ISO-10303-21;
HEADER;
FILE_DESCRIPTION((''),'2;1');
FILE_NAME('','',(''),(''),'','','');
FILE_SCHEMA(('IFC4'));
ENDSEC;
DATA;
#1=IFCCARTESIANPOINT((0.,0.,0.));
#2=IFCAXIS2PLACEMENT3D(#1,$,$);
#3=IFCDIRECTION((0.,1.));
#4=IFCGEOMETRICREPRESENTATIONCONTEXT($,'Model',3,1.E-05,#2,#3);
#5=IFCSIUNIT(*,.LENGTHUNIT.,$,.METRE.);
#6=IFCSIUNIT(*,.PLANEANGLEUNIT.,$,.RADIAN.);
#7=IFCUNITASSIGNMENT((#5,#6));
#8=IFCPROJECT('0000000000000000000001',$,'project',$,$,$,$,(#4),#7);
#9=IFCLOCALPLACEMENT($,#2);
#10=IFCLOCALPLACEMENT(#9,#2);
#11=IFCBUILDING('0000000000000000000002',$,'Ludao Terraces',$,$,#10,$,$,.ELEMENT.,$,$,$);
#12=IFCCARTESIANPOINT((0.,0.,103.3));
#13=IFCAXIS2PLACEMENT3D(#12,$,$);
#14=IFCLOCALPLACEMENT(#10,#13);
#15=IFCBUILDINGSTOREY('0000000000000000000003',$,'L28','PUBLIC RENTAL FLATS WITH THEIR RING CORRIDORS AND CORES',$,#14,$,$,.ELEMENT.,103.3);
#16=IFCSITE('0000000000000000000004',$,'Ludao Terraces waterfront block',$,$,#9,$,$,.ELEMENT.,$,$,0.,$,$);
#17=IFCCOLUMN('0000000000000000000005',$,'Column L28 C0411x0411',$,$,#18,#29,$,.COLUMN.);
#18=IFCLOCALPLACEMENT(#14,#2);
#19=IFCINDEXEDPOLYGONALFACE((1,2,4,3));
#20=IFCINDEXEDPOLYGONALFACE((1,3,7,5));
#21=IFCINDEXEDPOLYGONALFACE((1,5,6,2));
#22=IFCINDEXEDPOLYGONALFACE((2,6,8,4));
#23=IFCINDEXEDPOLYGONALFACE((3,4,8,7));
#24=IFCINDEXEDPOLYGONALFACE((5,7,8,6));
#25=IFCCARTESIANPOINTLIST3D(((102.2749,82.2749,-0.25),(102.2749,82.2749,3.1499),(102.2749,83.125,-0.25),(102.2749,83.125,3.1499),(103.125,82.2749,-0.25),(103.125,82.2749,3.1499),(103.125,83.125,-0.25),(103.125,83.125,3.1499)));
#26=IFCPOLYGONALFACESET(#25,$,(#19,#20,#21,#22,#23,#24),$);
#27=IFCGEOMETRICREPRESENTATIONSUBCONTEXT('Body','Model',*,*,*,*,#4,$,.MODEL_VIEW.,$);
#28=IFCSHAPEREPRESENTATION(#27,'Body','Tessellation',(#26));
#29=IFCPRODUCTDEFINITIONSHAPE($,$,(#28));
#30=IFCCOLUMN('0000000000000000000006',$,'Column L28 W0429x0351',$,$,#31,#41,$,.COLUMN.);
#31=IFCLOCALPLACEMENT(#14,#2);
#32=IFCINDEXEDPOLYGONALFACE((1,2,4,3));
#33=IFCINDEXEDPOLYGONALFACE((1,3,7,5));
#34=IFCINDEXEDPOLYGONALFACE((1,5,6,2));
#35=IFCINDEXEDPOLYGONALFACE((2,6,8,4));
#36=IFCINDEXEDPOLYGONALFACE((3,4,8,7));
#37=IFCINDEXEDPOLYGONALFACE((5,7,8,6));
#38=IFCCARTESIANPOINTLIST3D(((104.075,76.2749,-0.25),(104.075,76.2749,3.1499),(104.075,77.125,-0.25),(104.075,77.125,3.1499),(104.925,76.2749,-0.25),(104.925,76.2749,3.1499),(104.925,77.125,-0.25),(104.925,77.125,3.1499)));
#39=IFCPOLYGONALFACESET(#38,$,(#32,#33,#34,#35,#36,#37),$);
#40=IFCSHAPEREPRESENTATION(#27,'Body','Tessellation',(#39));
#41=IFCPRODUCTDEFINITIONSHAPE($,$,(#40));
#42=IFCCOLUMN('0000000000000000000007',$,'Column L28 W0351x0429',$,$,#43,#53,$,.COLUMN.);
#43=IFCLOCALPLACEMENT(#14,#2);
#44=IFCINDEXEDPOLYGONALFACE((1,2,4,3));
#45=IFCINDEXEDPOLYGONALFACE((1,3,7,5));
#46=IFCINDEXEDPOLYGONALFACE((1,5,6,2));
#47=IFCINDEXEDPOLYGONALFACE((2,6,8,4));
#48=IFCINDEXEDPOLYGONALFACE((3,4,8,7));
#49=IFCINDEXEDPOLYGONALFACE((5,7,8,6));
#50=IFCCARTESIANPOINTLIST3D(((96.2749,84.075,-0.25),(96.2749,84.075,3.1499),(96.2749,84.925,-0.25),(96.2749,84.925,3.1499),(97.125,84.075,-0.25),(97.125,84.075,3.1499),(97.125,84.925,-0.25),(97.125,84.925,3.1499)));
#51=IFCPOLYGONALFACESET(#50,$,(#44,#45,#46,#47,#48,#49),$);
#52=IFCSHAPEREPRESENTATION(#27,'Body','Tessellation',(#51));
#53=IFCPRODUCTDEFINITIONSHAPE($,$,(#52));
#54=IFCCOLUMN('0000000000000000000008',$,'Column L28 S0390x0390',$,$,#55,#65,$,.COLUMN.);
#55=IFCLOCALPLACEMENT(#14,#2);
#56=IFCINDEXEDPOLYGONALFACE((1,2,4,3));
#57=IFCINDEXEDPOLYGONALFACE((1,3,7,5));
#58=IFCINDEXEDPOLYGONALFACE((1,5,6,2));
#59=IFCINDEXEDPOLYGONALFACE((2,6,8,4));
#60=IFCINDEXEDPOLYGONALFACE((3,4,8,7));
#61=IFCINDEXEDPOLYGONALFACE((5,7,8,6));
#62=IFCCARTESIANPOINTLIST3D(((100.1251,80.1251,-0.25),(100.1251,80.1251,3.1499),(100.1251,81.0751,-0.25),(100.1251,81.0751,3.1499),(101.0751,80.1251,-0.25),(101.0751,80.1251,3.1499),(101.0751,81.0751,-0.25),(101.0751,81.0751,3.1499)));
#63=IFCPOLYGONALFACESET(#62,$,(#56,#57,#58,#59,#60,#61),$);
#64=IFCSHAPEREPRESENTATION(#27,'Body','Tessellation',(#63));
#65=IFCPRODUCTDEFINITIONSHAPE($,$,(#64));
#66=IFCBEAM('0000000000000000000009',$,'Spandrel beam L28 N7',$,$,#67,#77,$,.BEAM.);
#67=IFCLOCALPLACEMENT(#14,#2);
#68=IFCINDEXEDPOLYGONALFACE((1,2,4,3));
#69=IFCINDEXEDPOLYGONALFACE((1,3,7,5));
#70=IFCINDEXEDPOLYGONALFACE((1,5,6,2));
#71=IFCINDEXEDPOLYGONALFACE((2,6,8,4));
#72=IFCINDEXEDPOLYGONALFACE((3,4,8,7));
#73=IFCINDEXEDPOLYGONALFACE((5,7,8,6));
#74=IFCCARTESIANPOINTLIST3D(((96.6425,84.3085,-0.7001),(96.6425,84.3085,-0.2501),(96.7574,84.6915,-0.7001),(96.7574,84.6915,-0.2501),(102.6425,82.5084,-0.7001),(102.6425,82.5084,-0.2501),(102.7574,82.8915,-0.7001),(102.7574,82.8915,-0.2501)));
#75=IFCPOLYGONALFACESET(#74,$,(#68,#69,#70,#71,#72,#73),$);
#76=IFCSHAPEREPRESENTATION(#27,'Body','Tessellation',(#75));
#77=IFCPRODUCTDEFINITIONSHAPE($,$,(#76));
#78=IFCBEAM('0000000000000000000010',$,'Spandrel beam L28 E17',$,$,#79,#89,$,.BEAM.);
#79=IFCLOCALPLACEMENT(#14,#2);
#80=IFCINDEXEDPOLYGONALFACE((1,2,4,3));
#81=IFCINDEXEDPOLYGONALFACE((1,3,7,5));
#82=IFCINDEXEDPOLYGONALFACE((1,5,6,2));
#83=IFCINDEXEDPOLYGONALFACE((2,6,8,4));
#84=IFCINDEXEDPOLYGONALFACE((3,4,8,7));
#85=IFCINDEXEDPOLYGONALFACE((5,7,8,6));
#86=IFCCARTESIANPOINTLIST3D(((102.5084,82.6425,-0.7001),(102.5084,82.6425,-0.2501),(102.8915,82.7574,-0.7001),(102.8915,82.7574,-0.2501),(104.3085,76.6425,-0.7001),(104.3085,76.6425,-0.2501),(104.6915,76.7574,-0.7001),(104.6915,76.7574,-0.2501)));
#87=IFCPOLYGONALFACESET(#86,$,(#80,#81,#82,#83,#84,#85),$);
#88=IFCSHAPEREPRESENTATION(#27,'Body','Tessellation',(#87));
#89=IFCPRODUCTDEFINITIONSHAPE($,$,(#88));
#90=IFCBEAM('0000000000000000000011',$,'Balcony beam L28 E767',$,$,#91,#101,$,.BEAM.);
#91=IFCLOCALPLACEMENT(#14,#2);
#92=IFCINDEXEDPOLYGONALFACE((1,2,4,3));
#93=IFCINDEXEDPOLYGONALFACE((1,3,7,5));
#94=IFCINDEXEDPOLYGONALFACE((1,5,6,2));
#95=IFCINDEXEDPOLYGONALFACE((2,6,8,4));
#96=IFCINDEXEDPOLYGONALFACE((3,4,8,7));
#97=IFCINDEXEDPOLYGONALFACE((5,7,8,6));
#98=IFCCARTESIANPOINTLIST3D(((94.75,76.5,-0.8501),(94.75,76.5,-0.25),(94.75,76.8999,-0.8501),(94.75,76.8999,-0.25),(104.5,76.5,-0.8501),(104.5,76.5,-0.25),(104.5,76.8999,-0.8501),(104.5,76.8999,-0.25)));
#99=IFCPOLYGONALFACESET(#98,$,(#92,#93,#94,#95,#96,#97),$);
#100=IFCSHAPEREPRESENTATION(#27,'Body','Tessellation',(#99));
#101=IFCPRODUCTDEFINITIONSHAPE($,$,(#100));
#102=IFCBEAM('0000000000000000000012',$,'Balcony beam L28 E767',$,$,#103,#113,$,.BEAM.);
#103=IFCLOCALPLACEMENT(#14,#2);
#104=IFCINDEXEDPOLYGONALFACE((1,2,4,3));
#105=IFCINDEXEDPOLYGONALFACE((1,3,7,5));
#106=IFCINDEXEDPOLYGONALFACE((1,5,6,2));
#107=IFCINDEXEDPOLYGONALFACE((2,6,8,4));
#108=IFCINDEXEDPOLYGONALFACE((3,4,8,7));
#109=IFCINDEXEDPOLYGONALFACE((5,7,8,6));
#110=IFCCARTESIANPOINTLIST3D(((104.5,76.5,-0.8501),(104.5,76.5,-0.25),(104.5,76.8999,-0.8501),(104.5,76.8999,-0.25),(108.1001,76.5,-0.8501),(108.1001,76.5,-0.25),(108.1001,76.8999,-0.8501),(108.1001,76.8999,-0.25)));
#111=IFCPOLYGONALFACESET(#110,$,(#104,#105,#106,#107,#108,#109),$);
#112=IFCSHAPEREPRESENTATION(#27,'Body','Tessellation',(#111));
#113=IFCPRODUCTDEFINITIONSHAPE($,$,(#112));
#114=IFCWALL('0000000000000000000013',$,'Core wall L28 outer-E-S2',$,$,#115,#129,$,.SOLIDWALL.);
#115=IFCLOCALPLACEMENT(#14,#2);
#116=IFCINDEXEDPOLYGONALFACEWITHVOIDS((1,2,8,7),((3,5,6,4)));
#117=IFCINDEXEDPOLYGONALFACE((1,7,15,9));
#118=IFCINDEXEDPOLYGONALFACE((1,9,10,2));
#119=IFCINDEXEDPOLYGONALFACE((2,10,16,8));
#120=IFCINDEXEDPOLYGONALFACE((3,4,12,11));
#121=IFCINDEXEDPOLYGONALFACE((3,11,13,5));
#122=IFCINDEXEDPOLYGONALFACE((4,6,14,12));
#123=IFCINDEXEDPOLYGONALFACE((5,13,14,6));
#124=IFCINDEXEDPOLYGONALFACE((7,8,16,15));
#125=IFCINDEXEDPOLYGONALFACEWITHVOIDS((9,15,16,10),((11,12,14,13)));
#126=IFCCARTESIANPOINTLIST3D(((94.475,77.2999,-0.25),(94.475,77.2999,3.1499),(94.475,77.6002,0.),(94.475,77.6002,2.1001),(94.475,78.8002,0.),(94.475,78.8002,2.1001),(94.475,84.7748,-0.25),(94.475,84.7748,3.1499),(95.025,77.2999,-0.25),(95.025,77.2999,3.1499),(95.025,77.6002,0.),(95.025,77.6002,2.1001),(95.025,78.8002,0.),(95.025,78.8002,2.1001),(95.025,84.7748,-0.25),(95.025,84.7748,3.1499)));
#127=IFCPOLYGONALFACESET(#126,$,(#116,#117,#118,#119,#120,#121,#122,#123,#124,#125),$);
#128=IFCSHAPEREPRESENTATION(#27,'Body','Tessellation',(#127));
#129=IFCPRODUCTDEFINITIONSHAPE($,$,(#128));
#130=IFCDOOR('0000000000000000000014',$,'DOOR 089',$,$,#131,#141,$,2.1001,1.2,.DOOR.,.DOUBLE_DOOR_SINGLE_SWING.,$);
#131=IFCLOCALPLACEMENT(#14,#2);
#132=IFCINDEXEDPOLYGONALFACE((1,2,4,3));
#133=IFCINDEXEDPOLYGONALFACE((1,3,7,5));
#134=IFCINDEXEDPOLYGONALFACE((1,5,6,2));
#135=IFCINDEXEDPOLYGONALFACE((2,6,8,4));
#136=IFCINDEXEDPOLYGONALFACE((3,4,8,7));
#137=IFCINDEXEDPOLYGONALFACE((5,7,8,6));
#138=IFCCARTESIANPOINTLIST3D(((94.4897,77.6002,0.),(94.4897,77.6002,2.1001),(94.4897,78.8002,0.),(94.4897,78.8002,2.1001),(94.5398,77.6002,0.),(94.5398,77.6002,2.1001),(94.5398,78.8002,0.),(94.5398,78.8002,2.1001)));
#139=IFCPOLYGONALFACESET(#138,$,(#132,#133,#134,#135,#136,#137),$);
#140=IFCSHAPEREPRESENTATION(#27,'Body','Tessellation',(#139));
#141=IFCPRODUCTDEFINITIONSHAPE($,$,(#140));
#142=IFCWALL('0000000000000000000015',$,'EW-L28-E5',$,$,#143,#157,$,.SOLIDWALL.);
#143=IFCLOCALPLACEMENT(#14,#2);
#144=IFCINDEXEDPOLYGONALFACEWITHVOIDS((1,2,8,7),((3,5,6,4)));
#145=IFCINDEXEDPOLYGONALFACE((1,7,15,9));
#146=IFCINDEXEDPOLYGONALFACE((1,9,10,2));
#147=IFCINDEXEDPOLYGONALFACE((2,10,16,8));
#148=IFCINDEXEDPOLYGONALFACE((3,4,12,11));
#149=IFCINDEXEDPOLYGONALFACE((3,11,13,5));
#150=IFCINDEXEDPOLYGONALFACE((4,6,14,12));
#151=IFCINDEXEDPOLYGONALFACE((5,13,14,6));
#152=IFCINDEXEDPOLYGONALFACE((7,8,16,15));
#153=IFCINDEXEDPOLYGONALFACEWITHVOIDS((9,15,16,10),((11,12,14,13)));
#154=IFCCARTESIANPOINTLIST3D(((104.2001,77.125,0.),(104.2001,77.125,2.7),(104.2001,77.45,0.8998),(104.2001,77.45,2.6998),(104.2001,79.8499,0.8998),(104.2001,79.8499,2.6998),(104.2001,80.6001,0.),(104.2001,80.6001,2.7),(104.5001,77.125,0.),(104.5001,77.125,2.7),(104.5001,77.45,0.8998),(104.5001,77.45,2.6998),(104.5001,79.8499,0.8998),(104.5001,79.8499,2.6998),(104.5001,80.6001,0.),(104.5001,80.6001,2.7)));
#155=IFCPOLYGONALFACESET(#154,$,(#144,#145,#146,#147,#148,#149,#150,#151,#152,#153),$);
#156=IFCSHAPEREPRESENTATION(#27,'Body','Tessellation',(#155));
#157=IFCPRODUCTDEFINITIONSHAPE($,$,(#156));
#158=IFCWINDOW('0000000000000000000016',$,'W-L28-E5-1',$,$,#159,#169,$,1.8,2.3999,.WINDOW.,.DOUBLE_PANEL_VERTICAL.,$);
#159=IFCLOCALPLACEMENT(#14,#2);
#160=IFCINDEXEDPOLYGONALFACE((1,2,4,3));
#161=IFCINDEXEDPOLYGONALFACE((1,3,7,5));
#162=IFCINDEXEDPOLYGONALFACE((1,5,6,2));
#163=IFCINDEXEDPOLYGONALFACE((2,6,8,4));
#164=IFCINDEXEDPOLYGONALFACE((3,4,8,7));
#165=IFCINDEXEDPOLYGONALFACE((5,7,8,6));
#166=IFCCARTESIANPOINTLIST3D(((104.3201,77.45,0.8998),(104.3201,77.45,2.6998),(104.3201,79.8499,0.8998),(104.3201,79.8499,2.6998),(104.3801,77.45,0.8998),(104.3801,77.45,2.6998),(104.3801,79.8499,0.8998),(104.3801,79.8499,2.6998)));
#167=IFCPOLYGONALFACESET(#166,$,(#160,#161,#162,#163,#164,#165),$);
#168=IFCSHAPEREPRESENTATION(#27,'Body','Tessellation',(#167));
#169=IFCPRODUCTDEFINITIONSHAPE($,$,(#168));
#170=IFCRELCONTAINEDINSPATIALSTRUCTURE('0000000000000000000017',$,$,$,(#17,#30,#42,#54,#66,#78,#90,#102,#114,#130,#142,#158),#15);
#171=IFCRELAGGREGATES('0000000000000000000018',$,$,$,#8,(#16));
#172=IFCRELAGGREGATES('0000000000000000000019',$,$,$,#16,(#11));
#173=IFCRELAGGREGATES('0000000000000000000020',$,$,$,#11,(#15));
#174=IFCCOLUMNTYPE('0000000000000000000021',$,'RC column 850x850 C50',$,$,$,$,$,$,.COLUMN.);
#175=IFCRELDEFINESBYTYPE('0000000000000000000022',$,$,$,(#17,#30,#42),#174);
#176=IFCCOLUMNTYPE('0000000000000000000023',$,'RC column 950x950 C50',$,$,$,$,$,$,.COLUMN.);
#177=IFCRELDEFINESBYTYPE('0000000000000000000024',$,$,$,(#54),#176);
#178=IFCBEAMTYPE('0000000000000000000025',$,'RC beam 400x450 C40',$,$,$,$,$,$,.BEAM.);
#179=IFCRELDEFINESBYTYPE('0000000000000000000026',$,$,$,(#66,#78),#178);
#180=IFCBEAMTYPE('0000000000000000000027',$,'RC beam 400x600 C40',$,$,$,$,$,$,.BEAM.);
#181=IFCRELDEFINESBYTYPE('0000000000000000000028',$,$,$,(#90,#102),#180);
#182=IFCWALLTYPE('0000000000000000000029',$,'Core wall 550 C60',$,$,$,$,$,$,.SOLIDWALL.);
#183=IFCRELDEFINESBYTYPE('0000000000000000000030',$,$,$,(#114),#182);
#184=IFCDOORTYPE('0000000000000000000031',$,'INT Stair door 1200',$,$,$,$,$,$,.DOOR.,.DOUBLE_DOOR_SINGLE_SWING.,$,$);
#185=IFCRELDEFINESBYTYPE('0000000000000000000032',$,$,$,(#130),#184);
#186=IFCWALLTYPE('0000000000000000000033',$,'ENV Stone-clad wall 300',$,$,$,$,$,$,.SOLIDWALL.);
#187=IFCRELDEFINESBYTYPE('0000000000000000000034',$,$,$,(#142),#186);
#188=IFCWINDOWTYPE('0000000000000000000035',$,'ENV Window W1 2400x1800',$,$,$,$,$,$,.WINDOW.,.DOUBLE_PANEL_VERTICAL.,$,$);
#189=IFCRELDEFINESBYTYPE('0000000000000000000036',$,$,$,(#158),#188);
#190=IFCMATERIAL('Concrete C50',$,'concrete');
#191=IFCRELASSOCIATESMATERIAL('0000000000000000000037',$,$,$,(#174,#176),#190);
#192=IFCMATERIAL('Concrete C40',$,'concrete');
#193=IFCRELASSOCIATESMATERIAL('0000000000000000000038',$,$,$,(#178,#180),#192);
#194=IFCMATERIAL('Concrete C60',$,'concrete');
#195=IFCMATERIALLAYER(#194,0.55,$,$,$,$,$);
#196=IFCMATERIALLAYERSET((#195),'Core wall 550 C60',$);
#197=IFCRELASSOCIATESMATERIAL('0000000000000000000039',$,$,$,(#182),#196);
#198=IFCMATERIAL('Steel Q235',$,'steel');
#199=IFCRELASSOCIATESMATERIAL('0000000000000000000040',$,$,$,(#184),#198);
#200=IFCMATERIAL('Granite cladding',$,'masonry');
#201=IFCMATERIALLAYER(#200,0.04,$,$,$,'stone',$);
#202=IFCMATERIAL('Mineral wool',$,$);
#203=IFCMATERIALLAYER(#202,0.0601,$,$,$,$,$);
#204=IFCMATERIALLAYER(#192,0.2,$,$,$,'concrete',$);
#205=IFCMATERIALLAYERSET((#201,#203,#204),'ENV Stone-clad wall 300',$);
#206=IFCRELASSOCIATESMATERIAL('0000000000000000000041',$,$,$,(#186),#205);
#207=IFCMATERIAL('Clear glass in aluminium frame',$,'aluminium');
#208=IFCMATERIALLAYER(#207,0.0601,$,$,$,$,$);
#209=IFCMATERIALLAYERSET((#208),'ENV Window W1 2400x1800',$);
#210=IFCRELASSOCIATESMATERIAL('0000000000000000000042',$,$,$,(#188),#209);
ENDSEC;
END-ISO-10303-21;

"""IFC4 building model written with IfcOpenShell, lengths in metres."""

from ifc_helpers import new_model, si_unit, direction, frame, frame_2d, origin, origin_2d, place, context, subcontext, project, spatial, rectangle, extrude, material, layer, layer_set, material_profile, profile_set, type_object, element, fill, save


model = new_model("IFC4")

# Units and contexts
model_context = context("Model", 3, precision=1e-05, world=origin(), true_north=direction((0.0, 1.0)))
body_context = subcontext(model_context, "Body", "Model", "MODEL_VIEW")
ifc_project = project(units=[si_unit("LENGTHUNIT", "METRE"), si_unit("PLANEANGLEUNIT", "RADIAN")], contexts=[model_context])

# Site, building, storey
site_placement = place(None, origin())
site = spatial("IfcSite", under=ifc_project, at=site_placement, Name="Ludao Terraces waterfront block", CompositionType="ELEMENT", RefElevation=0.0)
building_placement = place(site_placement, origin())
building = spatial("IfcBuilding", under=site, at=building_placement, Name="Ludao Terraces", CompositionType="ELEMENT")
storey_placement = place(building_placement, frame((0.0, 0.0, 103.3)))
storey = spatial("IfcBuildingStorey", under=building, at=storey_placement, Name="L28", Description="PUBLIC RENTAL FLATS WITH THEIR RING CORRIDORS AND CORES", CompositionType="ELEMENT", Elevation=103.3)

# Columns
ifc_material_1 = material(Name="Concrete C50", Category="concrete")
ifc_material_profile_1 = material_profile(ifc_material_1, rectangle(XDim=0.8501, YDim=0.8501, at=origin_2d()), Name="850 X 850")
ifc_profile_set_1 = profile_set([ifc_material_profile_1], Name="Concrete C50")
column_type_1 = type_object("IfcColumnType", Name="RC column 850x850 C50", PredefinedType="COLUMN", material=ifc_profile_set_1)
for number, where, z_axis, x_axis, name in (
    (1, (102.7, 82.7, -0.25), (0.0, 0.0, 1.0), (1.0, 0.0, 0.0), "Column L28 C0411x0411"),
    (2, (104.5, 76.7, -0.25), (0.0, 0.0, 1.0), (1.0, 0.0, 0.0), "Column L28 W0429x0351"),
    (3, (96.7, 84.5, -0.25), (0.0, 0.0, 1.0), (1.0, 0.0, 0.0), "Column L28 W0351x0429"),
):
    element("IfcColumn", number, at=place(storey_placement, frame(where, z_axis=z_axis, x_axis=x_axis)), inside=storey, type_object=column_type_1, Name=name, PredefinedType="COLUMN", context=body_context, shape_type="SweptSolid", body=[
        extrude(rectangle(XDim=0.8501, YDim=0.8501, at=origin_2d()), origin(), (0.0, 0.0, 1.0), 3.3999),
    ])
ifc_material_profile_2 = material_profile(ifc_material_1, rectangle(XDim=0.95, YDim=0.95, at=origin_2d()), Name="950 X 950")
ifc_profile_set_2 = profile_set([ifc_material_profile_2], Name="Concrete C50")
column_type_2 = type_object("IfcColumnType", Name="RC column 950x950 C50", PredefinedType="COLUMN", material=ifc_profile_set_2)
column_placement = place(storey_placement, frame((100.6001, 80.6001, -0.25), z_axis=(0.0, 0.0, 1.0), x_axis=(1.0, 0.0, 0.0)))
element("IfcColumn", 4, at=column_placement, inside=storey, type_object=column_type_2, Name="Column L28 S0390x0390", PredefinedType="COLUMN", context=body_context, shape_type="SweptSolid", body=[
    extrude(rectangle(XDim=0.95, YDim=0.95, at=origin_2d()), origin(), (0.0, 0.0, 1.0), 3.3999),
])

# Beams
ifc_material_2 = material(Name="Concrete C40", Category="concrete")
ifc_material_profile_3 = material_profile(ifc_material_2, rectangle(XDim=0.3999, YDim=0.45, at=origin_2d()), Name="400 X 450")
ifc_profile_set_3 = profile_set([ifc_material_profile_3], Name="Concrete C40")
beam_type_1 = type_object("IfcBeamType", Name="RC beam 400x450 C40", PredefinedType="BEAM", material=ifc_profile_set_3)
for number, where, z_axis, x_axis, name in (
    (5, (96.7, 84.5, -0.4751), (0.957824, -0.287355, 0.0), (0.287355, 0.957824, 0.0), "Spandrel beam L28 N7"),
    (6, (104.5, 76.7, -0.4751), (-0.287355, 0.957824, 0.0), (-0.957824, -0.287355, 0.0), "Spandrel beam L28 E17"),
):
    element("IfcBeam", number, at=place(storey_placement, frame(where, z_axis=z_axis, x_axis=x_axis)), inside=storey, type_object=beam_type_1, Name=name, PredefinedType="BEAM", context=body_context, shape_type="SweptSolid", body=[
        extrude(rectangle(XDim=0.3999, YDim=0.45, at=origin_2d()), origin(), (0.0, 0.0, 1.0), 6.2642),
    ])
ifc_material_profile_4 = material_profile(ifc_material_2, rectangle(XDim=0.3999, YDim=0.6001, at=origin_2d()), Name="400 X 600")
ifc_profile_set_4 = profile_set([ifc_material_profile_4], Name="Concrete C40")
beam_type_2 = type_object("IfcBeamType", Name="RC beam 400x600 C40", PredefinedType="BEAM", material=ifc_profile_set_4)
beam_1_placement = place(storey_placement, frame((94.75, 76.7, -0.55), z_axis=(1.0, 0.0, 0.0), x_axis=(0.0, 1.0, 0.0)))
element("IfcBeam", 7, at=beam_1_placement, inside=storey, type_object=beam_type_2, Name="Balcony beam L28 E767", PredefinedType="BEAM", context=body_context, shape_type="SweptSolid", body=[
    extrude(rectangle(XDim=0.3999, YDim=0.6001, at=origin_2d()), origin(), (0.0, 0.0, 1.0), 9.75),
])
beam_2_placement = place(storey_placement, frame((104.5, 76.7, -0.55), z_axis=(1.0, 0.0, 0.0), x_axis=(0.0, 1.0, 0.0)))
element("IfcBeam", 8, at=beam_2_placement, inside=storey, type_object=beam_type_2, Name="Balcony beam L28 E767", PredefinedType="BEAM", context=body_context, shape_type="SweptSolid", body=[
    extrude(rectangle(XDim=0.3999, YDim=0.6001, at=origin_2d()), origin(), (0.0, 0.0, 1.0), 3.6001),
])

# Wall, opening, door
ifc_material_3 = material(Name="Concrete C60", Category="concrete")
ifc_layer_1 = layer(ifc_material_3, 0.55)
ifc_layer_set_1 = layer_set([ifc_layer_1], Name="Core wall 550 C60")
wall_type_1 = type_object("IfcWallType", Name="Core wall 550 C60", PredefinedType="SOLIDWALL", material=ifc_layer_set_1)
wall_1_placement = place(storey_placement, frame((94.75, 77.3, -0.25), z_axis=(0.0, 0.0, 1.0), x_axis=(0.0, 1.0, 0.0)))
wall_1 = element("IfcWall", 9, at=wall_1_placement, inside=storey, type_object=wall_type_1, Name="Core wall L28 outer-E-S2", PredefinedType="SOLIDWALL", context=body_context, shape_type="SweptSolid", body=[
    extrude(rectangle(XDim=7.4749, YDim=0.55, at=frame_2d((3.7373, 0.0))), origin(), (0.0, 0.0, 1.0), 3.3999),
])
opening_1_placement = place(wall_1_placement, frame((0.3, 0.0, 0.25)))
opening_1 = element("IfcOpeningElement", 10, at=opening_1_placement, cuts=wall_1, PredefinedType="OPENING", context=body_context, shape_type="SweptSolid", body=[
    extrude(rectangle(XDim=1.2, YDim=2.1001, at=frame_2d((0.6001, 1.05))), frame((0.0, 0.2852, 0.0), z_axis=(0.0, -1.0, 0.0), x_axis=(1.0, 0.0, 0.0)), (0.0, 0.0, 1.0), 0.5701),
])
ifc_material_4 = material(Name="Steel Q235", Category="steel")
door_type_1 = type_object("IfcDoorType", Name="INT Stair door 1200", OperationType="DOUBLE_DOOR_SINGLE_SWING", PredefinedType="DOOR", material=ifc_material_4)
door_1_placement = place(opening_1_placement, origin())
door_1 = element("IfcDoor", 11, at=door_1_placement, inside=storey, type_object=door_type_1, Name="DOOR 089", OperationType="DOUBLE_DOOR_SINGLE_SWING", OverallHeight=2.1001, OverallWidth=1.2, PredefinedType="DOOR", context=body_context, shape_type="SweptSolid", body=[
    extrude(rectangle(XDim=1.2, YDim=2.1001, at=frame_2d((0.6001, 1.05))), frame((0.0, 0.2603, 0.0), z_axis=(0.0, -1.0, 0.0), x_axis=(1.0, 0.0, 0.0)), (0.0, 0.0, 1.0), 0.05),
])
fill(opening_1, door_1)

# Wall, opening, window
ifc_material_5 = material(Name="Granite cladding", Category="masonry")
ifc_layer_2 = layer(ifc_material_5, 0.04, Category="stone")
ifc_material_6 = material(Name="Mineral wool")
ifc_layer_3 = layer(ifc_material_6, 0.0601)
ifc_layer_4 = layer(ifc_material_2, 0.2, Category="concrete")
ifc_layer_set_2 = layer_set([ifc_layer_2, ifc_layer_3, ifc_layer_4], Name="ENV Stone-clad wall 300")
wall_type_2 = type_object("IfcWallType", Name="ENV Stone-clad wall 300", PredefinedType="SOLIDWALL", material=ifc_layer_set_2)
wall_2_placement = place(storey_placement, frame((104.3501, 77.125, 0.0), z_axis=(0.0, 0.0, 1.0), x_axis=(0.0, 1.0, 0.0)))
wall_2 = element("IfcWall", 12, at=wall_2_placement, inside=storey, type_object=wall_type_2, Name="EW-L28-E5", PredefinedType="SOLIDWALL", context=body_context, shape_type="SweptSolid", body=[
    extrude(rectangle(XDim=3.4751, YDim=0.3, at=frame_2d((1.7375, 0.0))), origin(), (0.0, 0.0, 1.0), 2.7),
])
opening_2_placement = place(wall_2_placement, frame((0.325, 0.0, 0.8999)))
opening_2 = element("IfcOpeningElement", 13, at=opening_2_placement, cuts=wall_2, PredefinedType="OPENING", context=body_context, shape_type="SweptSolid", body=[
    extrude(rectangle(XDim=2.3999, YDim=1.8, at=frame_2d((1.2, 0.8999))), frame((0.0, 0.1602, 0.0), z_axis=(0.0, -1.0, 0.0), x_axis=(1.0, 0.0, 0.0)), (0.0, 0.0, 1.0), 0.3201),
])
ifc_material_7 = material(Name="Clear glass in aluminium frame", Category="aluminium")
ifc_layer_5 = layer(ifc_material_7, 0.0601)
ifc_layer_set_3 = layer_set([ifc_layer_5], Name="ENV Window W1 2400x1800")
window_type_1 = type_object("IfcWindowType", Name="ENV Window W1 2400x1800", PartitioningType="DOUBLE_PANEL_VERTICAL", PredefinedType="WINDOW", material=ifc_layer_set_3)
window_1_placement = place(opening_2_placement, origin())
window_1 = element("IfcWindow", 14, at=window_1_placement, inside=storey, type_object=window_type_1, Name="W-L28-E5-1", OverallHeight=1.8, OverallWidth=2.3999, PartitioningType="DOUBLE_PANEL_VERTICAL", PredefinedType="WINDOW", context=body_context, shape_type="SweptSolid", body=[
    extrude(rectangle(XDim=2.3999, YDim=1.8, at=frame_2d((1.2, 0.8999))), frame((0.0, 0.03, 0.0), z_axis=(0.0, -1.0, 0.0), x_axis=(1.0, 0.0, 0.0)), (0.0, 0.0, 1.0), 0.0601),
])
fill(opening_2, window_1)

save(model, "model.ifc")
